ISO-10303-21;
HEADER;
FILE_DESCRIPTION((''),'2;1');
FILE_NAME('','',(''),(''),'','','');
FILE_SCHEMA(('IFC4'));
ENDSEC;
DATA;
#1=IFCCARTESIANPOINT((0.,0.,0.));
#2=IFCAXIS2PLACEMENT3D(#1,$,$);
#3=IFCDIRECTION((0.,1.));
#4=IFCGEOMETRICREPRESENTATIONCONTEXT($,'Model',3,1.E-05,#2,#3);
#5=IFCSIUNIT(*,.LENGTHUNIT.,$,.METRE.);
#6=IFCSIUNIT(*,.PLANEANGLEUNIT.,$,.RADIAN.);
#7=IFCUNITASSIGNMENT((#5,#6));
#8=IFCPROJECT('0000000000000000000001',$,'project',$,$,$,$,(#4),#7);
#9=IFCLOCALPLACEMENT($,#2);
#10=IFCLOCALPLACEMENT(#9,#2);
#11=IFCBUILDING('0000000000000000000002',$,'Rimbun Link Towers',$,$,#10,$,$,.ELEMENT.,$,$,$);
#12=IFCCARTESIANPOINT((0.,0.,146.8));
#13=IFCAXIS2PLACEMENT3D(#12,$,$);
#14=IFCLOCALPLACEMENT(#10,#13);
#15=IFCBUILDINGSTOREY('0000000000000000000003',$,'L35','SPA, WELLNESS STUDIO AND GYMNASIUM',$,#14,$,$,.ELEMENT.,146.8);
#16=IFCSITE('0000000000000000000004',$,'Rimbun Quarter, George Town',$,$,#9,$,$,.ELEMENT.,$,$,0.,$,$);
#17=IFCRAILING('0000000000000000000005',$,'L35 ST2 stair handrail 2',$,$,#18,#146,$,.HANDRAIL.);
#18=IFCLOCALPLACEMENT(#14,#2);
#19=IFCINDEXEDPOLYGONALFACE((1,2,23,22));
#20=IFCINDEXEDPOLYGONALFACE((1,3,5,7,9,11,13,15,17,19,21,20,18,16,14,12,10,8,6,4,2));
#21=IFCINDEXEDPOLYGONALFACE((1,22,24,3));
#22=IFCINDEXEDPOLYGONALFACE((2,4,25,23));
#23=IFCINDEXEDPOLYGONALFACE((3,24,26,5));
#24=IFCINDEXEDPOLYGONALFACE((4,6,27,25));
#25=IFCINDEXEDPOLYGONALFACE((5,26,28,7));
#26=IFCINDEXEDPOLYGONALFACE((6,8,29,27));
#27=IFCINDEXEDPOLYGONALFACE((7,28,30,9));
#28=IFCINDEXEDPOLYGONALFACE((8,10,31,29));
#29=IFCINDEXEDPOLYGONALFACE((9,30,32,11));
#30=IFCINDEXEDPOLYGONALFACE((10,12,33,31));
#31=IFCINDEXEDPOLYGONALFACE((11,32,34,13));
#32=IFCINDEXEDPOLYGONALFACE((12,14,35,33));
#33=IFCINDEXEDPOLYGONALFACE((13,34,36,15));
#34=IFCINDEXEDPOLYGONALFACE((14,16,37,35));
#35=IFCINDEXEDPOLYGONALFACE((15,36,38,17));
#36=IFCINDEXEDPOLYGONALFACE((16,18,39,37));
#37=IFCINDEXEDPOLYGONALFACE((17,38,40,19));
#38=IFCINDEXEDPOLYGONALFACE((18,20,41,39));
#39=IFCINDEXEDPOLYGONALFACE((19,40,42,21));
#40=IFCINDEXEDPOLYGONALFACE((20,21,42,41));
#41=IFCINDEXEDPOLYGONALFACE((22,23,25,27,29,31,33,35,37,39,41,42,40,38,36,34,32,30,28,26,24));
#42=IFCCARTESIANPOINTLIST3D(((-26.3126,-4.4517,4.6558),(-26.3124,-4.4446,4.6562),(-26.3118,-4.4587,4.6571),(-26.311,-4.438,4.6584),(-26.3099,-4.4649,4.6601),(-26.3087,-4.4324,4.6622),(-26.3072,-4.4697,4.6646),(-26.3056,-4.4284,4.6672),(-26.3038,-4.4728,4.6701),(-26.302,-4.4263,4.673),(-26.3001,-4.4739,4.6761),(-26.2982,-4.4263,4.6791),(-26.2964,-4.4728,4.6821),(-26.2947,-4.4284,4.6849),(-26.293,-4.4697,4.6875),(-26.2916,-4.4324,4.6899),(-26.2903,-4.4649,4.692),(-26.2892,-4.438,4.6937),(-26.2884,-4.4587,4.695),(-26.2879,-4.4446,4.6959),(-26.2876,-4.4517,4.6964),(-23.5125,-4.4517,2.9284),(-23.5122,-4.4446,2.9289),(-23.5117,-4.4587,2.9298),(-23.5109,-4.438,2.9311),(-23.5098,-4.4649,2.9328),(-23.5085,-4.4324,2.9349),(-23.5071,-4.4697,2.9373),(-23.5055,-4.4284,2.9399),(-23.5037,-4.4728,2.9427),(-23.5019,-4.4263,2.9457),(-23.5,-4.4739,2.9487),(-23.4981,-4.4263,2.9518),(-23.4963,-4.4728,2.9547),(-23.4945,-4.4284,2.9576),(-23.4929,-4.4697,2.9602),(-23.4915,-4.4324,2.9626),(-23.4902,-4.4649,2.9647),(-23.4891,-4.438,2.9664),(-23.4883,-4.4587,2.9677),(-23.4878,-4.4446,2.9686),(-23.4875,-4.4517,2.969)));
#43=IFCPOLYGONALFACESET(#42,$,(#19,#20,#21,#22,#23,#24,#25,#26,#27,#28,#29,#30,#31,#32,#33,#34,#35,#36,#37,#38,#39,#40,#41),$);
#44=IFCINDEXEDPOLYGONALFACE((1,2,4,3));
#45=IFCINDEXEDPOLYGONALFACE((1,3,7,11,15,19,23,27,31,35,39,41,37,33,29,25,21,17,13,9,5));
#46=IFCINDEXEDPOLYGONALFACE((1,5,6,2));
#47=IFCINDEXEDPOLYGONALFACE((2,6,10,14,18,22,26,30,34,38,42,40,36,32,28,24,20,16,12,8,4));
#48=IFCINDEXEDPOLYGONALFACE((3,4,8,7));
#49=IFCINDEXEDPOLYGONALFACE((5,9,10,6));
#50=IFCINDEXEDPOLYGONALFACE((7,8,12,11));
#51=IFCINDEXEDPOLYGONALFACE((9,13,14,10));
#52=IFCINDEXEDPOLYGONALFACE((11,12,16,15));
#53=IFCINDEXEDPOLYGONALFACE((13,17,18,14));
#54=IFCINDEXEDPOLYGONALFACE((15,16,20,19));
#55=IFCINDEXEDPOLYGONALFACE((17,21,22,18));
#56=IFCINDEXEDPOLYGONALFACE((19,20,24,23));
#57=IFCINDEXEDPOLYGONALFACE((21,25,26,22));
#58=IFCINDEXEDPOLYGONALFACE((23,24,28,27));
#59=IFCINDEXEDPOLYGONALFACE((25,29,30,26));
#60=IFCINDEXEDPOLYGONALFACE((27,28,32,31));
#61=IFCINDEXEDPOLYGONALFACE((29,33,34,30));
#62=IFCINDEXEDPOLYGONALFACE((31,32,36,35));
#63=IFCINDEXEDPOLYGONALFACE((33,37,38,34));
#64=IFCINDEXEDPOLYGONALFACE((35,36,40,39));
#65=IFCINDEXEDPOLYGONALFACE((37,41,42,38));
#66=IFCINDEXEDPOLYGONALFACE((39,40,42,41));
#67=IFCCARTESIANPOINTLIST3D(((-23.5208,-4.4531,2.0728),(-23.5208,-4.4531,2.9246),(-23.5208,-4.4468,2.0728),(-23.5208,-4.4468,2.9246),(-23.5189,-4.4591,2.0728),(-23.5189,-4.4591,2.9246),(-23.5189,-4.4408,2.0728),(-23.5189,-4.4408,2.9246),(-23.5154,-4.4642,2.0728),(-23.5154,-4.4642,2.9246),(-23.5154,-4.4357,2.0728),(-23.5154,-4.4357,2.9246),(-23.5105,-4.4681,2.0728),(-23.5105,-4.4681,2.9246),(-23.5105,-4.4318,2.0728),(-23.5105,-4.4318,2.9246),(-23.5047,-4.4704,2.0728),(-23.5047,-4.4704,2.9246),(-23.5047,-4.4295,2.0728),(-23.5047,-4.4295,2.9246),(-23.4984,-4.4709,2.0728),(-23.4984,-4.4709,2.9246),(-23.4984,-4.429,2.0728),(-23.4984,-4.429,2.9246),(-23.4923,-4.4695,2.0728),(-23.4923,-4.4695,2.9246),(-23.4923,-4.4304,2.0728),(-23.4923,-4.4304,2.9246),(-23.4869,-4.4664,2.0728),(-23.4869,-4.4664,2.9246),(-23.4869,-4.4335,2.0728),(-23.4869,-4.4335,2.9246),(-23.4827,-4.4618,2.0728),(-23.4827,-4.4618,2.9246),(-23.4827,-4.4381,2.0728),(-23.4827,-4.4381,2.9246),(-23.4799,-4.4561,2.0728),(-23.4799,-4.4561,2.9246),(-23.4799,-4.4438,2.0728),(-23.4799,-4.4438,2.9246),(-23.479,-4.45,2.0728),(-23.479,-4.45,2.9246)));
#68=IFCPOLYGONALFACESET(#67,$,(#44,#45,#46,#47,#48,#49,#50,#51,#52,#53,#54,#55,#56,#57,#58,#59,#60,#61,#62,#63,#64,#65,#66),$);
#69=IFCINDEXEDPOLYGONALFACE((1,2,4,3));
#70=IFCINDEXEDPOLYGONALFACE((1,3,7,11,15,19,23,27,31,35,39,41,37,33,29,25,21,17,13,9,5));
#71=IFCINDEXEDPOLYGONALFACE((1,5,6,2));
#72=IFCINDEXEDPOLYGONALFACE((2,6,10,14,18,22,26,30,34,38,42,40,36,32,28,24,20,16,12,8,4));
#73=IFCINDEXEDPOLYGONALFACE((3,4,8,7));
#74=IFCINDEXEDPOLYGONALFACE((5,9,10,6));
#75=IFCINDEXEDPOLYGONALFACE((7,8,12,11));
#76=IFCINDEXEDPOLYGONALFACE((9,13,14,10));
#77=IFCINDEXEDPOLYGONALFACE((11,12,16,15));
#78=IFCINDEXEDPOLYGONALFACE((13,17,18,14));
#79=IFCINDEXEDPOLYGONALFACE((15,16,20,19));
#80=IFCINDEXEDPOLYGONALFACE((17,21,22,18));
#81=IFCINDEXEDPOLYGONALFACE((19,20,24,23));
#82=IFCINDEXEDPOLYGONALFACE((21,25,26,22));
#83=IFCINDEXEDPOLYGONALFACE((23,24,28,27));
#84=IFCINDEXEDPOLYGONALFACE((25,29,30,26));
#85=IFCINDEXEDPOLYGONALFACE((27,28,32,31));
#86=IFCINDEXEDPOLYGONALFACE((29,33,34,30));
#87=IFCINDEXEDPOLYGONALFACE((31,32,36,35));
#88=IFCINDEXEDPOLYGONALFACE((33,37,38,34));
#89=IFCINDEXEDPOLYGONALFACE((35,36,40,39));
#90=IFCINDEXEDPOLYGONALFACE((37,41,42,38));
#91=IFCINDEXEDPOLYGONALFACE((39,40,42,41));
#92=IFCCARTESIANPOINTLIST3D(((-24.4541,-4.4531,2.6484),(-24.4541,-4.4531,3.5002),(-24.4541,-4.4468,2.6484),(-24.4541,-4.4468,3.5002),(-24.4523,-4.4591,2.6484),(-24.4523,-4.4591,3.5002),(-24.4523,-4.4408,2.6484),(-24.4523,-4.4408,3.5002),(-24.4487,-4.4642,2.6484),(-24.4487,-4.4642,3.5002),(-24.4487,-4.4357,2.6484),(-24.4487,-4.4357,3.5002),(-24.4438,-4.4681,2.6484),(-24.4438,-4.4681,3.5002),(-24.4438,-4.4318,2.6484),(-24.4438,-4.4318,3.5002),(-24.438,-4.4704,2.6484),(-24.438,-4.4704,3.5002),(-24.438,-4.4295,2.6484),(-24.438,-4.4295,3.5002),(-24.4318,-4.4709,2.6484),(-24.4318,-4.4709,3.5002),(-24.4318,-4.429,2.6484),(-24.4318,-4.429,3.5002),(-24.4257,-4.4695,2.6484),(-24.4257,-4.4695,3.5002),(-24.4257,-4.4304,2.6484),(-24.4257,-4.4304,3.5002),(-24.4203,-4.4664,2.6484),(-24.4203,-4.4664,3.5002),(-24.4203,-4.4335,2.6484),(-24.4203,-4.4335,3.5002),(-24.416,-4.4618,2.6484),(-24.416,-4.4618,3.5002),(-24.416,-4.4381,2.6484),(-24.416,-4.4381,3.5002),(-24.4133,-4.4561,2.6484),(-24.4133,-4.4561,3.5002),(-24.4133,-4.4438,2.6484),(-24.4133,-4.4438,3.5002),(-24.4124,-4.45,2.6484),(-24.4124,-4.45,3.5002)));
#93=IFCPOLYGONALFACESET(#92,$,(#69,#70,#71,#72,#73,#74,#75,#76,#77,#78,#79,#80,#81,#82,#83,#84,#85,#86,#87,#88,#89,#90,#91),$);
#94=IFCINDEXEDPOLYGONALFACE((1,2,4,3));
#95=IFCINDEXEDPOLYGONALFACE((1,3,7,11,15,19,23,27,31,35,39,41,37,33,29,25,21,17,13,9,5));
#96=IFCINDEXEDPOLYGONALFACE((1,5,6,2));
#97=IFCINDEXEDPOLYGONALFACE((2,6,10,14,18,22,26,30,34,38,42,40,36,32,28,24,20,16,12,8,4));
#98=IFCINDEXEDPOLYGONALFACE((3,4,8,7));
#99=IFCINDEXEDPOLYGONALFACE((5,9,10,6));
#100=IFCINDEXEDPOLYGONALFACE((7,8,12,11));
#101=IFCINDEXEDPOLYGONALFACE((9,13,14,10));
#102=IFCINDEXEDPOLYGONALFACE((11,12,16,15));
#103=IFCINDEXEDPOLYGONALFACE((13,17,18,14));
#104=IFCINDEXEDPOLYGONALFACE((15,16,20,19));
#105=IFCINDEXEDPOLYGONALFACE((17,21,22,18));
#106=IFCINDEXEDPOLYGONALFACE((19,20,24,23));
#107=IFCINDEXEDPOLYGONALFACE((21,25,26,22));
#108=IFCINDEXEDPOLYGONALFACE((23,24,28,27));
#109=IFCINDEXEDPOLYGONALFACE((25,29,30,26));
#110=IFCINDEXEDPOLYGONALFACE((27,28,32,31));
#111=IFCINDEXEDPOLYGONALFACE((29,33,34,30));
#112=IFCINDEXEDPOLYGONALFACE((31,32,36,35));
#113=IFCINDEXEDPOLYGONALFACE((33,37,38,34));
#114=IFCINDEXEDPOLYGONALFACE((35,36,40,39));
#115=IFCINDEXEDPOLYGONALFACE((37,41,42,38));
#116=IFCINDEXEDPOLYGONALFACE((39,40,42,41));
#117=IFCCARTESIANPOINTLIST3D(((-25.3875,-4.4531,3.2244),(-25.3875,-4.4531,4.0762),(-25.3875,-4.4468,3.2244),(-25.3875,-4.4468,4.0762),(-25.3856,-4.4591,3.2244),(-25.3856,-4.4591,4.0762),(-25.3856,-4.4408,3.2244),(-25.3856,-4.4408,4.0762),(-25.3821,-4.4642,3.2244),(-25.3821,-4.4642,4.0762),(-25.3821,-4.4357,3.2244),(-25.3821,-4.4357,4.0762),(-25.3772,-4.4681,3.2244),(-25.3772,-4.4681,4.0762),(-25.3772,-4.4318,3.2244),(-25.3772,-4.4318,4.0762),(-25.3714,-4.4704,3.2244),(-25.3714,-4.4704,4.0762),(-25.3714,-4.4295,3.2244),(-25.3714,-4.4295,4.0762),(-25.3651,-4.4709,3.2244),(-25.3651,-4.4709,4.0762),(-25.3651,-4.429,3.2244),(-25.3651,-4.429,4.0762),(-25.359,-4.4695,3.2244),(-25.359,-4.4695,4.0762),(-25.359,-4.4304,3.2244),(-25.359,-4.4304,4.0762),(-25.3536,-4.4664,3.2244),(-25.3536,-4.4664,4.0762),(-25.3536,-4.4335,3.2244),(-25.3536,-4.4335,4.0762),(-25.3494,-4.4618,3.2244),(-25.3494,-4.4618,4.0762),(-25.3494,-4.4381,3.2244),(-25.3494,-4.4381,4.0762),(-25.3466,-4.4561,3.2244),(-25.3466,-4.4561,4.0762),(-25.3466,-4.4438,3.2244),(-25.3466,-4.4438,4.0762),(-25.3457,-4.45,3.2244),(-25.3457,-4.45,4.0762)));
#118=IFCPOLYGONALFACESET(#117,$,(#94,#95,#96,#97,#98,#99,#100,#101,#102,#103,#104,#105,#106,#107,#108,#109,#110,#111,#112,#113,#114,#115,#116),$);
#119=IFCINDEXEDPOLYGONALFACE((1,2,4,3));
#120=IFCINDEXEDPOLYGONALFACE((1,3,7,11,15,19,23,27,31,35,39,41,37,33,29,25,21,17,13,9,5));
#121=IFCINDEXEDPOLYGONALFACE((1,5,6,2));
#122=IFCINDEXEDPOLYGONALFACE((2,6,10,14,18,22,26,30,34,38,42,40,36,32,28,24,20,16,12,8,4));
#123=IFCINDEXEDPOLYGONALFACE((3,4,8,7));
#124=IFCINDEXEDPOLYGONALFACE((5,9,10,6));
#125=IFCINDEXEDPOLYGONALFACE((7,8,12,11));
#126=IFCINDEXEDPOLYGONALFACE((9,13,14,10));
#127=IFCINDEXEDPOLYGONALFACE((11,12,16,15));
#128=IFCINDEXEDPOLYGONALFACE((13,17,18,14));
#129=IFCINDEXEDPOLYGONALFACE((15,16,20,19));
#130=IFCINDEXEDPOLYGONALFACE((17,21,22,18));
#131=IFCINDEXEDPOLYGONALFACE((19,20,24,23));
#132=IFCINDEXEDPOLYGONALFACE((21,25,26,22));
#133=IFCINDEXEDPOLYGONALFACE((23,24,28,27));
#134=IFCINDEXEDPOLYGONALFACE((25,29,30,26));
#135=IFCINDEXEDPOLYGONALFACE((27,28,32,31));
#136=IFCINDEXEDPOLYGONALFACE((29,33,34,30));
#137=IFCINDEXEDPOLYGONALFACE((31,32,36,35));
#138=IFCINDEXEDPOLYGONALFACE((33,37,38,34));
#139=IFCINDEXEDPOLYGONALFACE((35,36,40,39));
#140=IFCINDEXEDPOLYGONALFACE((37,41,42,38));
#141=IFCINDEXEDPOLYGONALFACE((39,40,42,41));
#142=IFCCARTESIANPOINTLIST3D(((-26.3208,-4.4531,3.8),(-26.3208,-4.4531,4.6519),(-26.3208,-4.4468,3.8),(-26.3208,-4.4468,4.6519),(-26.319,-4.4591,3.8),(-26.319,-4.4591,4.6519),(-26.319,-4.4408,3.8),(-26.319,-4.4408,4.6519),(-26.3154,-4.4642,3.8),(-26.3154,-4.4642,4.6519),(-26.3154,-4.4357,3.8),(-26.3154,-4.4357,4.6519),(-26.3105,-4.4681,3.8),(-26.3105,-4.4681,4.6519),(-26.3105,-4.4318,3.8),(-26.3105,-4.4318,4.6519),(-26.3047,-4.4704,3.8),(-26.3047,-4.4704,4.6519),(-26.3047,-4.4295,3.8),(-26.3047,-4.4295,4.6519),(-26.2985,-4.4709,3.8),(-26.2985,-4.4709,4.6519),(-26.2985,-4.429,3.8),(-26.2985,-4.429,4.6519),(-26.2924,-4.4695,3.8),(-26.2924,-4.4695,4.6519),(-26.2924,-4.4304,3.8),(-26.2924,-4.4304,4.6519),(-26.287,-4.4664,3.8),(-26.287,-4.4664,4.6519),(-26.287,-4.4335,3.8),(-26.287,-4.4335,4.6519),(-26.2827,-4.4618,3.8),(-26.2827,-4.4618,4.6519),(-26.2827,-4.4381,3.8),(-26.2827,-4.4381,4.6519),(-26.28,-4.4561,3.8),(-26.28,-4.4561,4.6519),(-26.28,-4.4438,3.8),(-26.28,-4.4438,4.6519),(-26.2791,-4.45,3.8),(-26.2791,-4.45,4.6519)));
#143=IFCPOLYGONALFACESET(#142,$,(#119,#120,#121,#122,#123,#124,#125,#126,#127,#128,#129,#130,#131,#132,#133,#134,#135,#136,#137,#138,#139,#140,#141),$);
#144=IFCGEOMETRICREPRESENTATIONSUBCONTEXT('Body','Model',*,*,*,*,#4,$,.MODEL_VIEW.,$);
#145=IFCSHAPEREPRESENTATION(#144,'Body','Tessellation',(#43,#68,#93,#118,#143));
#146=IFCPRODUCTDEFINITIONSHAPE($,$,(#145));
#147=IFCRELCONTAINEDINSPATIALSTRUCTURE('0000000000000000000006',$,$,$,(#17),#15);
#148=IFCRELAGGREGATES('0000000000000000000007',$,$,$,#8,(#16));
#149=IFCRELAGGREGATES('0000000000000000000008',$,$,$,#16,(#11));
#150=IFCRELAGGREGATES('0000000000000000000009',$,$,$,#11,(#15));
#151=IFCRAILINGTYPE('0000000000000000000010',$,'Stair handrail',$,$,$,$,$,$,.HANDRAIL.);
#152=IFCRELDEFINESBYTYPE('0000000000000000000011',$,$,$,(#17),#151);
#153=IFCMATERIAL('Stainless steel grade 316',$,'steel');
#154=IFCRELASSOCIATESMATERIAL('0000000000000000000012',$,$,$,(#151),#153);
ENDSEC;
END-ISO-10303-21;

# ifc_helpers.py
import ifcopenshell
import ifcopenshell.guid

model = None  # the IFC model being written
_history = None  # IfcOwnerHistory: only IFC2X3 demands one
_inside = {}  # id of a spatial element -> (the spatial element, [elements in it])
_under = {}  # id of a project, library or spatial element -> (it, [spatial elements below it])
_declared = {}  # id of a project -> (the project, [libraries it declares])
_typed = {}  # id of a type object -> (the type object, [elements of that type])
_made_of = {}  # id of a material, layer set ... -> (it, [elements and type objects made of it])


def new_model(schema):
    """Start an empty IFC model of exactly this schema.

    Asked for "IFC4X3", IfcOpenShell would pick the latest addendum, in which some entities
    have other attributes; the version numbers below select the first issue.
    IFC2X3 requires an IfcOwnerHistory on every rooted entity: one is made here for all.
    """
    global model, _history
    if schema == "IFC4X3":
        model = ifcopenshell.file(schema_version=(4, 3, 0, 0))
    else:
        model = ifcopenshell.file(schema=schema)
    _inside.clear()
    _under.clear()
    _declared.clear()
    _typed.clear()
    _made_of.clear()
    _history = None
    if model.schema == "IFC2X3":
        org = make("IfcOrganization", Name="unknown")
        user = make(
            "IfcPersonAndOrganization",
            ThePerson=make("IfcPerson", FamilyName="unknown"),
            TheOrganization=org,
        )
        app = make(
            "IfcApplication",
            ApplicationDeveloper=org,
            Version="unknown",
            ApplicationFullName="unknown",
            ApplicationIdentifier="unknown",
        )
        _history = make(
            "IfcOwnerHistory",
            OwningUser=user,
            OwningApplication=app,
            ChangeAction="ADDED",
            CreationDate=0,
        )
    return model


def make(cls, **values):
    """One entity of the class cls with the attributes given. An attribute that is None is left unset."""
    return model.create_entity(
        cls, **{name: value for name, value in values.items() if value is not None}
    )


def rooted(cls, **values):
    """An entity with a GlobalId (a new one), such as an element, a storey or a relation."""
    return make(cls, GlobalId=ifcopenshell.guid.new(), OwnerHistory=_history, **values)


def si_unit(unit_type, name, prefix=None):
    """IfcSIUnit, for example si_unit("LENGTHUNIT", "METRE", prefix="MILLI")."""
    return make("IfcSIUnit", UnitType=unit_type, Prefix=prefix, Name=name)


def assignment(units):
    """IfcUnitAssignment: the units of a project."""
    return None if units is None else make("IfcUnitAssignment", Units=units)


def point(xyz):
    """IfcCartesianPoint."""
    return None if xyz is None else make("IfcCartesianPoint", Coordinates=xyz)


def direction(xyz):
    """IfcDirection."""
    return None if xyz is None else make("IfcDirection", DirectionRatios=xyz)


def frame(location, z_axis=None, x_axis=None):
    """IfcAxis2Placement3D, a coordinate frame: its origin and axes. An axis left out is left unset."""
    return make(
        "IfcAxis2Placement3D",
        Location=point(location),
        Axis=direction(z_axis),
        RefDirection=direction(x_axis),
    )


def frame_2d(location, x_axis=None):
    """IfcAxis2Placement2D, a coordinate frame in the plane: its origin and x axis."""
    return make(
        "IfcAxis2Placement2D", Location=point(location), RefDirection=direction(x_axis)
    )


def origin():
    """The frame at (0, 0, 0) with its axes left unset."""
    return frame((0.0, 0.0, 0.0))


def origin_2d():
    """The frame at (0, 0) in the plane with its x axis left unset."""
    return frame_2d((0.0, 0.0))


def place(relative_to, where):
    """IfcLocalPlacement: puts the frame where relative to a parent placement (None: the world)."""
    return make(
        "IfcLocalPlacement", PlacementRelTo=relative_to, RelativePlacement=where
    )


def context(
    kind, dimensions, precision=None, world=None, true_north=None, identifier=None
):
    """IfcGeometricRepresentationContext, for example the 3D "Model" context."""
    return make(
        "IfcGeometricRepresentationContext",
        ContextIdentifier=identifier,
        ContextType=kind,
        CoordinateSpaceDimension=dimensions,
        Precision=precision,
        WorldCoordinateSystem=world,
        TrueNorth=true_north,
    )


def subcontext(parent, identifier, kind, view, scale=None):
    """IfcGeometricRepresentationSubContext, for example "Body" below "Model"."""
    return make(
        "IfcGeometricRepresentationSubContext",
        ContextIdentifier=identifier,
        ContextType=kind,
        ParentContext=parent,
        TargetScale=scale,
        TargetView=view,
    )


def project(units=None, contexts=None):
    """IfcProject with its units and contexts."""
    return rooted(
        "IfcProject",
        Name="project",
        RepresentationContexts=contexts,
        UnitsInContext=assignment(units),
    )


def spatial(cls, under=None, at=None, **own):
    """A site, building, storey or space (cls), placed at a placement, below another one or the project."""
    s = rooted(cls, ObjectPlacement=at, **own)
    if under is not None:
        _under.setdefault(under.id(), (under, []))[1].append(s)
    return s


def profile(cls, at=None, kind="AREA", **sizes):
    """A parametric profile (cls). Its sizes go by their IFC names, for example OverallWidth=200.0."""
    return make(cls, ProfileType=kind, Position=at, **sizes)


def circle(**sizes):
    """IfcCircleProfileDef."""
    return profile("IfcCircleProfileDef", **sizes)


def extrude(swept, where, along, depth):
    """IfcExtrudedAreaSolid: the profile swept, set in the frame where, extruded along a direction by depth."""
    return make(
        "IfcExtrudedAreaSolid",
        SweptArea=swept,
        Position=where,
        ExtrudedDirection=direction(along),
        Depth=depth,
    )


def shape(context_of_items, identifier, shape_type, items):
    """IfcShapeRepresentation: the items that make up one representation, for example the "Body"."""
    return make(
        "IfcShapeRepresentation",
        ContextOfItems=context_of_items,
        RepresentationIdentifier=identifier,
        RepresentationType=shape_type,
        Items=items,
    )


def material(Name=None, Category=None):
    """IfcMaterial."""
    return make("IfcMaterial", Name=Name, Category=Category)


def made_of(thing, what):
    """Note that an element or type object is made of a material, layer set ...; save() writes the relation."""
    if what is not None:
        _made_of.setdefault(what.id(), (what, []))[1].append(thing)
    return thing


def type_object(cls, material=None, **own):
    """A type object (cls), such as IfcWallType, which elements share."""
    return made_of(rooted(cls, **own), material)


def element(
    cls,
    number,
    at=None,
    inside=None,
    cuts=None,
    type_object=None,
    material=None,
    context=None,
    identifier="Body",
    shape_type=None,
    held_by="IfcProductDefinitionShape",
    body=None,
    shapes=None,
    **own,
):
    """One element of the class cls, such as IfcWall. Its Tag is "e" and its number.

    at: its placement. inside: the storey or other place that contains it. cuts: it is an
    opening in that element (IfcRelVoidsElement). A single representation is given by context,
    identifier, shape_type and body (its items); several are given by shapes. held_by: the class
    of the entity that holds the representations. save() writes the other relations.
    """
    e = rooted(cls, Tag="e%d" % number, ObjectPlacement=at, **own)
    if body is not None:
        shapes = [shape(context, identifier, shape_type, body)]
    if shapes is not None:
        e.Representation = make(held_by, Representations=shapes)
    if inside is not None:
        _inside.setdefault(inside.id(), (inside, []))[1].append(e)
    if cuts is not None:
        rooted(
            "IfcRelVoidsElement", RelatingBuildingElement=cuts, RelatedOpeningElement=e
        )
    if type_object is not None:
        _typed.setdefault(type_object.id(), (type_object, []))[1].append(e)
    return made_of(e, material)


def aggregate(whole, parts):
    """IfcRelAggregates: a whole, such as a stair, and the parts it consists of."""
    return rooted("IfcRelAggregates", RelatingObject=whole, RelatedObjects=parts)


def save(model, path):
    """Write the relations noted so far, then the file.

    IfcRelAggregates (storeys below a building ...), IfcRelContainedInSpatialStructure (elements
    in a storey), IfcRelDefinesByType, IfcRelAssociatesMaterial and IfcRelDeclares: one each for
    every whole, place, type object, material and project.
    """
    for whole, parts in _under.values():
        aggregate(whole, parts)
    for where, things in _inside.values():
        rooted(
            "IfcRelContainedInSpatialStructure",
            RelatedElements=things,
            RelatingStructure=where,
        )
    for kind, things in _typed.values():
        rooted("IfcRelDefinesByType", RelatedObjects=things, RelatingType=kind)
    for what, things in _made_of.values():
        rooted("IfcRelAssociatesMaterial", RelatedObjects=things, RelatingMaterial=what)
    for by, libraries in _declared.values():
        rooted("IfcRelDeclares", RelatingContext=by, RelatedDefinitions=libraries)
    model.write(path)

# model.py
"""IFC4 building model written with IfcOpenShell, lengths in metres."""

from ifc_helpers import new_model, si_unit, direction, frame, origin, origin_2d, place, context, subcontext, project, spatial, circle, extrude, material, type_object, element, save


model = new_model("IFC4")

# Units and contexts
model_context = context("Model", 3, precision=1e-05, world=origin(), true_north=direction((0.0, 1.0)))
body_context = subcontext(model_context, "Body", "Model", "MODEL_VIEW")
ifc_project = project(units=[si_unit("LENGTHUNIT", "METRE"), si_unit("PLANEANGLEUNIT", "RADIAN")], contexts=[model_context])

# Site, building, storey
site_placement = place(None, origin())
site = spatial("IfcSite", under=ifc_project, at=site_placement, Name="Rimbun Quarter, George Town", CompositionType="ELEMENT", RefElevation=0.0)
building_placement = place(site_placement, origin())
building = spatial("IfcBuilding", under=site, at=building_placement, Name="Rimbun Link Towers", CompositionType="ELEMENT")
storey_placement = place(building_placement, frame((0.0, 0.0, 146.8)))
storey = spatial("IfcBuildingStorey", under=building, at=storey_placement, Name="L35", Description="SPA, WELLNESS STUDIO AND GYMNASIUM", CompositionType="ELEMENT", Elevation=146.8)

# Railing
ifc_material_1 = material(Name="Stainless steel grade 316", Category="steel")
railing_type_1 = type_object("IfcRailingType", Name="Stair handrail", PredefinedType="HANDRAIL", material=ifc_material_1)
railing_1_placement = place(storey_placement, frame((-23.5, -4.45, 2.0728)))
element("IfcRailing", 1, at=railing_1_placement, inside=storey, type_object=railing_type_1, Name="L35 ST2 stair handrail 2", PredefinedType="HANDRAIL", context=body_context, shape_type="SweptSolid", body=[
    extrude(circle(Radius=0.0239, at=origin_2d()), frame((0.0, 0.0, 0.876), z_axis=(-0.85109, 0.0, 0.52502), x_axis=(0.0, -1.0, 0.0)), (0.0, 0.0, 1.0), 3.29),
    extrude(circle(Radius=0.021, at=origin_2d()), origin(), (0.0, 0.0, 1.0), 0.8518),
    extrude(circle(Radius=0.021, at=origin_2d()), frame((-0.9333, 0.0, 0.5757)), (0.0, 0.0, 1.0), 0.8518),
    extrude(circle(Radius=0.021, at=origin_2d()), frame((-1.8667, 0.0, 1.1516)), (0.0, 0.0, 1.0), 0.8518),
    extrude(circle(Radius=0.021, at=origin_2d()), frame((-2.8, 0.0, 1.7273)), (0.0, 0.0, 1.0), 0.8518),
])

save(model, "model.ifc")
